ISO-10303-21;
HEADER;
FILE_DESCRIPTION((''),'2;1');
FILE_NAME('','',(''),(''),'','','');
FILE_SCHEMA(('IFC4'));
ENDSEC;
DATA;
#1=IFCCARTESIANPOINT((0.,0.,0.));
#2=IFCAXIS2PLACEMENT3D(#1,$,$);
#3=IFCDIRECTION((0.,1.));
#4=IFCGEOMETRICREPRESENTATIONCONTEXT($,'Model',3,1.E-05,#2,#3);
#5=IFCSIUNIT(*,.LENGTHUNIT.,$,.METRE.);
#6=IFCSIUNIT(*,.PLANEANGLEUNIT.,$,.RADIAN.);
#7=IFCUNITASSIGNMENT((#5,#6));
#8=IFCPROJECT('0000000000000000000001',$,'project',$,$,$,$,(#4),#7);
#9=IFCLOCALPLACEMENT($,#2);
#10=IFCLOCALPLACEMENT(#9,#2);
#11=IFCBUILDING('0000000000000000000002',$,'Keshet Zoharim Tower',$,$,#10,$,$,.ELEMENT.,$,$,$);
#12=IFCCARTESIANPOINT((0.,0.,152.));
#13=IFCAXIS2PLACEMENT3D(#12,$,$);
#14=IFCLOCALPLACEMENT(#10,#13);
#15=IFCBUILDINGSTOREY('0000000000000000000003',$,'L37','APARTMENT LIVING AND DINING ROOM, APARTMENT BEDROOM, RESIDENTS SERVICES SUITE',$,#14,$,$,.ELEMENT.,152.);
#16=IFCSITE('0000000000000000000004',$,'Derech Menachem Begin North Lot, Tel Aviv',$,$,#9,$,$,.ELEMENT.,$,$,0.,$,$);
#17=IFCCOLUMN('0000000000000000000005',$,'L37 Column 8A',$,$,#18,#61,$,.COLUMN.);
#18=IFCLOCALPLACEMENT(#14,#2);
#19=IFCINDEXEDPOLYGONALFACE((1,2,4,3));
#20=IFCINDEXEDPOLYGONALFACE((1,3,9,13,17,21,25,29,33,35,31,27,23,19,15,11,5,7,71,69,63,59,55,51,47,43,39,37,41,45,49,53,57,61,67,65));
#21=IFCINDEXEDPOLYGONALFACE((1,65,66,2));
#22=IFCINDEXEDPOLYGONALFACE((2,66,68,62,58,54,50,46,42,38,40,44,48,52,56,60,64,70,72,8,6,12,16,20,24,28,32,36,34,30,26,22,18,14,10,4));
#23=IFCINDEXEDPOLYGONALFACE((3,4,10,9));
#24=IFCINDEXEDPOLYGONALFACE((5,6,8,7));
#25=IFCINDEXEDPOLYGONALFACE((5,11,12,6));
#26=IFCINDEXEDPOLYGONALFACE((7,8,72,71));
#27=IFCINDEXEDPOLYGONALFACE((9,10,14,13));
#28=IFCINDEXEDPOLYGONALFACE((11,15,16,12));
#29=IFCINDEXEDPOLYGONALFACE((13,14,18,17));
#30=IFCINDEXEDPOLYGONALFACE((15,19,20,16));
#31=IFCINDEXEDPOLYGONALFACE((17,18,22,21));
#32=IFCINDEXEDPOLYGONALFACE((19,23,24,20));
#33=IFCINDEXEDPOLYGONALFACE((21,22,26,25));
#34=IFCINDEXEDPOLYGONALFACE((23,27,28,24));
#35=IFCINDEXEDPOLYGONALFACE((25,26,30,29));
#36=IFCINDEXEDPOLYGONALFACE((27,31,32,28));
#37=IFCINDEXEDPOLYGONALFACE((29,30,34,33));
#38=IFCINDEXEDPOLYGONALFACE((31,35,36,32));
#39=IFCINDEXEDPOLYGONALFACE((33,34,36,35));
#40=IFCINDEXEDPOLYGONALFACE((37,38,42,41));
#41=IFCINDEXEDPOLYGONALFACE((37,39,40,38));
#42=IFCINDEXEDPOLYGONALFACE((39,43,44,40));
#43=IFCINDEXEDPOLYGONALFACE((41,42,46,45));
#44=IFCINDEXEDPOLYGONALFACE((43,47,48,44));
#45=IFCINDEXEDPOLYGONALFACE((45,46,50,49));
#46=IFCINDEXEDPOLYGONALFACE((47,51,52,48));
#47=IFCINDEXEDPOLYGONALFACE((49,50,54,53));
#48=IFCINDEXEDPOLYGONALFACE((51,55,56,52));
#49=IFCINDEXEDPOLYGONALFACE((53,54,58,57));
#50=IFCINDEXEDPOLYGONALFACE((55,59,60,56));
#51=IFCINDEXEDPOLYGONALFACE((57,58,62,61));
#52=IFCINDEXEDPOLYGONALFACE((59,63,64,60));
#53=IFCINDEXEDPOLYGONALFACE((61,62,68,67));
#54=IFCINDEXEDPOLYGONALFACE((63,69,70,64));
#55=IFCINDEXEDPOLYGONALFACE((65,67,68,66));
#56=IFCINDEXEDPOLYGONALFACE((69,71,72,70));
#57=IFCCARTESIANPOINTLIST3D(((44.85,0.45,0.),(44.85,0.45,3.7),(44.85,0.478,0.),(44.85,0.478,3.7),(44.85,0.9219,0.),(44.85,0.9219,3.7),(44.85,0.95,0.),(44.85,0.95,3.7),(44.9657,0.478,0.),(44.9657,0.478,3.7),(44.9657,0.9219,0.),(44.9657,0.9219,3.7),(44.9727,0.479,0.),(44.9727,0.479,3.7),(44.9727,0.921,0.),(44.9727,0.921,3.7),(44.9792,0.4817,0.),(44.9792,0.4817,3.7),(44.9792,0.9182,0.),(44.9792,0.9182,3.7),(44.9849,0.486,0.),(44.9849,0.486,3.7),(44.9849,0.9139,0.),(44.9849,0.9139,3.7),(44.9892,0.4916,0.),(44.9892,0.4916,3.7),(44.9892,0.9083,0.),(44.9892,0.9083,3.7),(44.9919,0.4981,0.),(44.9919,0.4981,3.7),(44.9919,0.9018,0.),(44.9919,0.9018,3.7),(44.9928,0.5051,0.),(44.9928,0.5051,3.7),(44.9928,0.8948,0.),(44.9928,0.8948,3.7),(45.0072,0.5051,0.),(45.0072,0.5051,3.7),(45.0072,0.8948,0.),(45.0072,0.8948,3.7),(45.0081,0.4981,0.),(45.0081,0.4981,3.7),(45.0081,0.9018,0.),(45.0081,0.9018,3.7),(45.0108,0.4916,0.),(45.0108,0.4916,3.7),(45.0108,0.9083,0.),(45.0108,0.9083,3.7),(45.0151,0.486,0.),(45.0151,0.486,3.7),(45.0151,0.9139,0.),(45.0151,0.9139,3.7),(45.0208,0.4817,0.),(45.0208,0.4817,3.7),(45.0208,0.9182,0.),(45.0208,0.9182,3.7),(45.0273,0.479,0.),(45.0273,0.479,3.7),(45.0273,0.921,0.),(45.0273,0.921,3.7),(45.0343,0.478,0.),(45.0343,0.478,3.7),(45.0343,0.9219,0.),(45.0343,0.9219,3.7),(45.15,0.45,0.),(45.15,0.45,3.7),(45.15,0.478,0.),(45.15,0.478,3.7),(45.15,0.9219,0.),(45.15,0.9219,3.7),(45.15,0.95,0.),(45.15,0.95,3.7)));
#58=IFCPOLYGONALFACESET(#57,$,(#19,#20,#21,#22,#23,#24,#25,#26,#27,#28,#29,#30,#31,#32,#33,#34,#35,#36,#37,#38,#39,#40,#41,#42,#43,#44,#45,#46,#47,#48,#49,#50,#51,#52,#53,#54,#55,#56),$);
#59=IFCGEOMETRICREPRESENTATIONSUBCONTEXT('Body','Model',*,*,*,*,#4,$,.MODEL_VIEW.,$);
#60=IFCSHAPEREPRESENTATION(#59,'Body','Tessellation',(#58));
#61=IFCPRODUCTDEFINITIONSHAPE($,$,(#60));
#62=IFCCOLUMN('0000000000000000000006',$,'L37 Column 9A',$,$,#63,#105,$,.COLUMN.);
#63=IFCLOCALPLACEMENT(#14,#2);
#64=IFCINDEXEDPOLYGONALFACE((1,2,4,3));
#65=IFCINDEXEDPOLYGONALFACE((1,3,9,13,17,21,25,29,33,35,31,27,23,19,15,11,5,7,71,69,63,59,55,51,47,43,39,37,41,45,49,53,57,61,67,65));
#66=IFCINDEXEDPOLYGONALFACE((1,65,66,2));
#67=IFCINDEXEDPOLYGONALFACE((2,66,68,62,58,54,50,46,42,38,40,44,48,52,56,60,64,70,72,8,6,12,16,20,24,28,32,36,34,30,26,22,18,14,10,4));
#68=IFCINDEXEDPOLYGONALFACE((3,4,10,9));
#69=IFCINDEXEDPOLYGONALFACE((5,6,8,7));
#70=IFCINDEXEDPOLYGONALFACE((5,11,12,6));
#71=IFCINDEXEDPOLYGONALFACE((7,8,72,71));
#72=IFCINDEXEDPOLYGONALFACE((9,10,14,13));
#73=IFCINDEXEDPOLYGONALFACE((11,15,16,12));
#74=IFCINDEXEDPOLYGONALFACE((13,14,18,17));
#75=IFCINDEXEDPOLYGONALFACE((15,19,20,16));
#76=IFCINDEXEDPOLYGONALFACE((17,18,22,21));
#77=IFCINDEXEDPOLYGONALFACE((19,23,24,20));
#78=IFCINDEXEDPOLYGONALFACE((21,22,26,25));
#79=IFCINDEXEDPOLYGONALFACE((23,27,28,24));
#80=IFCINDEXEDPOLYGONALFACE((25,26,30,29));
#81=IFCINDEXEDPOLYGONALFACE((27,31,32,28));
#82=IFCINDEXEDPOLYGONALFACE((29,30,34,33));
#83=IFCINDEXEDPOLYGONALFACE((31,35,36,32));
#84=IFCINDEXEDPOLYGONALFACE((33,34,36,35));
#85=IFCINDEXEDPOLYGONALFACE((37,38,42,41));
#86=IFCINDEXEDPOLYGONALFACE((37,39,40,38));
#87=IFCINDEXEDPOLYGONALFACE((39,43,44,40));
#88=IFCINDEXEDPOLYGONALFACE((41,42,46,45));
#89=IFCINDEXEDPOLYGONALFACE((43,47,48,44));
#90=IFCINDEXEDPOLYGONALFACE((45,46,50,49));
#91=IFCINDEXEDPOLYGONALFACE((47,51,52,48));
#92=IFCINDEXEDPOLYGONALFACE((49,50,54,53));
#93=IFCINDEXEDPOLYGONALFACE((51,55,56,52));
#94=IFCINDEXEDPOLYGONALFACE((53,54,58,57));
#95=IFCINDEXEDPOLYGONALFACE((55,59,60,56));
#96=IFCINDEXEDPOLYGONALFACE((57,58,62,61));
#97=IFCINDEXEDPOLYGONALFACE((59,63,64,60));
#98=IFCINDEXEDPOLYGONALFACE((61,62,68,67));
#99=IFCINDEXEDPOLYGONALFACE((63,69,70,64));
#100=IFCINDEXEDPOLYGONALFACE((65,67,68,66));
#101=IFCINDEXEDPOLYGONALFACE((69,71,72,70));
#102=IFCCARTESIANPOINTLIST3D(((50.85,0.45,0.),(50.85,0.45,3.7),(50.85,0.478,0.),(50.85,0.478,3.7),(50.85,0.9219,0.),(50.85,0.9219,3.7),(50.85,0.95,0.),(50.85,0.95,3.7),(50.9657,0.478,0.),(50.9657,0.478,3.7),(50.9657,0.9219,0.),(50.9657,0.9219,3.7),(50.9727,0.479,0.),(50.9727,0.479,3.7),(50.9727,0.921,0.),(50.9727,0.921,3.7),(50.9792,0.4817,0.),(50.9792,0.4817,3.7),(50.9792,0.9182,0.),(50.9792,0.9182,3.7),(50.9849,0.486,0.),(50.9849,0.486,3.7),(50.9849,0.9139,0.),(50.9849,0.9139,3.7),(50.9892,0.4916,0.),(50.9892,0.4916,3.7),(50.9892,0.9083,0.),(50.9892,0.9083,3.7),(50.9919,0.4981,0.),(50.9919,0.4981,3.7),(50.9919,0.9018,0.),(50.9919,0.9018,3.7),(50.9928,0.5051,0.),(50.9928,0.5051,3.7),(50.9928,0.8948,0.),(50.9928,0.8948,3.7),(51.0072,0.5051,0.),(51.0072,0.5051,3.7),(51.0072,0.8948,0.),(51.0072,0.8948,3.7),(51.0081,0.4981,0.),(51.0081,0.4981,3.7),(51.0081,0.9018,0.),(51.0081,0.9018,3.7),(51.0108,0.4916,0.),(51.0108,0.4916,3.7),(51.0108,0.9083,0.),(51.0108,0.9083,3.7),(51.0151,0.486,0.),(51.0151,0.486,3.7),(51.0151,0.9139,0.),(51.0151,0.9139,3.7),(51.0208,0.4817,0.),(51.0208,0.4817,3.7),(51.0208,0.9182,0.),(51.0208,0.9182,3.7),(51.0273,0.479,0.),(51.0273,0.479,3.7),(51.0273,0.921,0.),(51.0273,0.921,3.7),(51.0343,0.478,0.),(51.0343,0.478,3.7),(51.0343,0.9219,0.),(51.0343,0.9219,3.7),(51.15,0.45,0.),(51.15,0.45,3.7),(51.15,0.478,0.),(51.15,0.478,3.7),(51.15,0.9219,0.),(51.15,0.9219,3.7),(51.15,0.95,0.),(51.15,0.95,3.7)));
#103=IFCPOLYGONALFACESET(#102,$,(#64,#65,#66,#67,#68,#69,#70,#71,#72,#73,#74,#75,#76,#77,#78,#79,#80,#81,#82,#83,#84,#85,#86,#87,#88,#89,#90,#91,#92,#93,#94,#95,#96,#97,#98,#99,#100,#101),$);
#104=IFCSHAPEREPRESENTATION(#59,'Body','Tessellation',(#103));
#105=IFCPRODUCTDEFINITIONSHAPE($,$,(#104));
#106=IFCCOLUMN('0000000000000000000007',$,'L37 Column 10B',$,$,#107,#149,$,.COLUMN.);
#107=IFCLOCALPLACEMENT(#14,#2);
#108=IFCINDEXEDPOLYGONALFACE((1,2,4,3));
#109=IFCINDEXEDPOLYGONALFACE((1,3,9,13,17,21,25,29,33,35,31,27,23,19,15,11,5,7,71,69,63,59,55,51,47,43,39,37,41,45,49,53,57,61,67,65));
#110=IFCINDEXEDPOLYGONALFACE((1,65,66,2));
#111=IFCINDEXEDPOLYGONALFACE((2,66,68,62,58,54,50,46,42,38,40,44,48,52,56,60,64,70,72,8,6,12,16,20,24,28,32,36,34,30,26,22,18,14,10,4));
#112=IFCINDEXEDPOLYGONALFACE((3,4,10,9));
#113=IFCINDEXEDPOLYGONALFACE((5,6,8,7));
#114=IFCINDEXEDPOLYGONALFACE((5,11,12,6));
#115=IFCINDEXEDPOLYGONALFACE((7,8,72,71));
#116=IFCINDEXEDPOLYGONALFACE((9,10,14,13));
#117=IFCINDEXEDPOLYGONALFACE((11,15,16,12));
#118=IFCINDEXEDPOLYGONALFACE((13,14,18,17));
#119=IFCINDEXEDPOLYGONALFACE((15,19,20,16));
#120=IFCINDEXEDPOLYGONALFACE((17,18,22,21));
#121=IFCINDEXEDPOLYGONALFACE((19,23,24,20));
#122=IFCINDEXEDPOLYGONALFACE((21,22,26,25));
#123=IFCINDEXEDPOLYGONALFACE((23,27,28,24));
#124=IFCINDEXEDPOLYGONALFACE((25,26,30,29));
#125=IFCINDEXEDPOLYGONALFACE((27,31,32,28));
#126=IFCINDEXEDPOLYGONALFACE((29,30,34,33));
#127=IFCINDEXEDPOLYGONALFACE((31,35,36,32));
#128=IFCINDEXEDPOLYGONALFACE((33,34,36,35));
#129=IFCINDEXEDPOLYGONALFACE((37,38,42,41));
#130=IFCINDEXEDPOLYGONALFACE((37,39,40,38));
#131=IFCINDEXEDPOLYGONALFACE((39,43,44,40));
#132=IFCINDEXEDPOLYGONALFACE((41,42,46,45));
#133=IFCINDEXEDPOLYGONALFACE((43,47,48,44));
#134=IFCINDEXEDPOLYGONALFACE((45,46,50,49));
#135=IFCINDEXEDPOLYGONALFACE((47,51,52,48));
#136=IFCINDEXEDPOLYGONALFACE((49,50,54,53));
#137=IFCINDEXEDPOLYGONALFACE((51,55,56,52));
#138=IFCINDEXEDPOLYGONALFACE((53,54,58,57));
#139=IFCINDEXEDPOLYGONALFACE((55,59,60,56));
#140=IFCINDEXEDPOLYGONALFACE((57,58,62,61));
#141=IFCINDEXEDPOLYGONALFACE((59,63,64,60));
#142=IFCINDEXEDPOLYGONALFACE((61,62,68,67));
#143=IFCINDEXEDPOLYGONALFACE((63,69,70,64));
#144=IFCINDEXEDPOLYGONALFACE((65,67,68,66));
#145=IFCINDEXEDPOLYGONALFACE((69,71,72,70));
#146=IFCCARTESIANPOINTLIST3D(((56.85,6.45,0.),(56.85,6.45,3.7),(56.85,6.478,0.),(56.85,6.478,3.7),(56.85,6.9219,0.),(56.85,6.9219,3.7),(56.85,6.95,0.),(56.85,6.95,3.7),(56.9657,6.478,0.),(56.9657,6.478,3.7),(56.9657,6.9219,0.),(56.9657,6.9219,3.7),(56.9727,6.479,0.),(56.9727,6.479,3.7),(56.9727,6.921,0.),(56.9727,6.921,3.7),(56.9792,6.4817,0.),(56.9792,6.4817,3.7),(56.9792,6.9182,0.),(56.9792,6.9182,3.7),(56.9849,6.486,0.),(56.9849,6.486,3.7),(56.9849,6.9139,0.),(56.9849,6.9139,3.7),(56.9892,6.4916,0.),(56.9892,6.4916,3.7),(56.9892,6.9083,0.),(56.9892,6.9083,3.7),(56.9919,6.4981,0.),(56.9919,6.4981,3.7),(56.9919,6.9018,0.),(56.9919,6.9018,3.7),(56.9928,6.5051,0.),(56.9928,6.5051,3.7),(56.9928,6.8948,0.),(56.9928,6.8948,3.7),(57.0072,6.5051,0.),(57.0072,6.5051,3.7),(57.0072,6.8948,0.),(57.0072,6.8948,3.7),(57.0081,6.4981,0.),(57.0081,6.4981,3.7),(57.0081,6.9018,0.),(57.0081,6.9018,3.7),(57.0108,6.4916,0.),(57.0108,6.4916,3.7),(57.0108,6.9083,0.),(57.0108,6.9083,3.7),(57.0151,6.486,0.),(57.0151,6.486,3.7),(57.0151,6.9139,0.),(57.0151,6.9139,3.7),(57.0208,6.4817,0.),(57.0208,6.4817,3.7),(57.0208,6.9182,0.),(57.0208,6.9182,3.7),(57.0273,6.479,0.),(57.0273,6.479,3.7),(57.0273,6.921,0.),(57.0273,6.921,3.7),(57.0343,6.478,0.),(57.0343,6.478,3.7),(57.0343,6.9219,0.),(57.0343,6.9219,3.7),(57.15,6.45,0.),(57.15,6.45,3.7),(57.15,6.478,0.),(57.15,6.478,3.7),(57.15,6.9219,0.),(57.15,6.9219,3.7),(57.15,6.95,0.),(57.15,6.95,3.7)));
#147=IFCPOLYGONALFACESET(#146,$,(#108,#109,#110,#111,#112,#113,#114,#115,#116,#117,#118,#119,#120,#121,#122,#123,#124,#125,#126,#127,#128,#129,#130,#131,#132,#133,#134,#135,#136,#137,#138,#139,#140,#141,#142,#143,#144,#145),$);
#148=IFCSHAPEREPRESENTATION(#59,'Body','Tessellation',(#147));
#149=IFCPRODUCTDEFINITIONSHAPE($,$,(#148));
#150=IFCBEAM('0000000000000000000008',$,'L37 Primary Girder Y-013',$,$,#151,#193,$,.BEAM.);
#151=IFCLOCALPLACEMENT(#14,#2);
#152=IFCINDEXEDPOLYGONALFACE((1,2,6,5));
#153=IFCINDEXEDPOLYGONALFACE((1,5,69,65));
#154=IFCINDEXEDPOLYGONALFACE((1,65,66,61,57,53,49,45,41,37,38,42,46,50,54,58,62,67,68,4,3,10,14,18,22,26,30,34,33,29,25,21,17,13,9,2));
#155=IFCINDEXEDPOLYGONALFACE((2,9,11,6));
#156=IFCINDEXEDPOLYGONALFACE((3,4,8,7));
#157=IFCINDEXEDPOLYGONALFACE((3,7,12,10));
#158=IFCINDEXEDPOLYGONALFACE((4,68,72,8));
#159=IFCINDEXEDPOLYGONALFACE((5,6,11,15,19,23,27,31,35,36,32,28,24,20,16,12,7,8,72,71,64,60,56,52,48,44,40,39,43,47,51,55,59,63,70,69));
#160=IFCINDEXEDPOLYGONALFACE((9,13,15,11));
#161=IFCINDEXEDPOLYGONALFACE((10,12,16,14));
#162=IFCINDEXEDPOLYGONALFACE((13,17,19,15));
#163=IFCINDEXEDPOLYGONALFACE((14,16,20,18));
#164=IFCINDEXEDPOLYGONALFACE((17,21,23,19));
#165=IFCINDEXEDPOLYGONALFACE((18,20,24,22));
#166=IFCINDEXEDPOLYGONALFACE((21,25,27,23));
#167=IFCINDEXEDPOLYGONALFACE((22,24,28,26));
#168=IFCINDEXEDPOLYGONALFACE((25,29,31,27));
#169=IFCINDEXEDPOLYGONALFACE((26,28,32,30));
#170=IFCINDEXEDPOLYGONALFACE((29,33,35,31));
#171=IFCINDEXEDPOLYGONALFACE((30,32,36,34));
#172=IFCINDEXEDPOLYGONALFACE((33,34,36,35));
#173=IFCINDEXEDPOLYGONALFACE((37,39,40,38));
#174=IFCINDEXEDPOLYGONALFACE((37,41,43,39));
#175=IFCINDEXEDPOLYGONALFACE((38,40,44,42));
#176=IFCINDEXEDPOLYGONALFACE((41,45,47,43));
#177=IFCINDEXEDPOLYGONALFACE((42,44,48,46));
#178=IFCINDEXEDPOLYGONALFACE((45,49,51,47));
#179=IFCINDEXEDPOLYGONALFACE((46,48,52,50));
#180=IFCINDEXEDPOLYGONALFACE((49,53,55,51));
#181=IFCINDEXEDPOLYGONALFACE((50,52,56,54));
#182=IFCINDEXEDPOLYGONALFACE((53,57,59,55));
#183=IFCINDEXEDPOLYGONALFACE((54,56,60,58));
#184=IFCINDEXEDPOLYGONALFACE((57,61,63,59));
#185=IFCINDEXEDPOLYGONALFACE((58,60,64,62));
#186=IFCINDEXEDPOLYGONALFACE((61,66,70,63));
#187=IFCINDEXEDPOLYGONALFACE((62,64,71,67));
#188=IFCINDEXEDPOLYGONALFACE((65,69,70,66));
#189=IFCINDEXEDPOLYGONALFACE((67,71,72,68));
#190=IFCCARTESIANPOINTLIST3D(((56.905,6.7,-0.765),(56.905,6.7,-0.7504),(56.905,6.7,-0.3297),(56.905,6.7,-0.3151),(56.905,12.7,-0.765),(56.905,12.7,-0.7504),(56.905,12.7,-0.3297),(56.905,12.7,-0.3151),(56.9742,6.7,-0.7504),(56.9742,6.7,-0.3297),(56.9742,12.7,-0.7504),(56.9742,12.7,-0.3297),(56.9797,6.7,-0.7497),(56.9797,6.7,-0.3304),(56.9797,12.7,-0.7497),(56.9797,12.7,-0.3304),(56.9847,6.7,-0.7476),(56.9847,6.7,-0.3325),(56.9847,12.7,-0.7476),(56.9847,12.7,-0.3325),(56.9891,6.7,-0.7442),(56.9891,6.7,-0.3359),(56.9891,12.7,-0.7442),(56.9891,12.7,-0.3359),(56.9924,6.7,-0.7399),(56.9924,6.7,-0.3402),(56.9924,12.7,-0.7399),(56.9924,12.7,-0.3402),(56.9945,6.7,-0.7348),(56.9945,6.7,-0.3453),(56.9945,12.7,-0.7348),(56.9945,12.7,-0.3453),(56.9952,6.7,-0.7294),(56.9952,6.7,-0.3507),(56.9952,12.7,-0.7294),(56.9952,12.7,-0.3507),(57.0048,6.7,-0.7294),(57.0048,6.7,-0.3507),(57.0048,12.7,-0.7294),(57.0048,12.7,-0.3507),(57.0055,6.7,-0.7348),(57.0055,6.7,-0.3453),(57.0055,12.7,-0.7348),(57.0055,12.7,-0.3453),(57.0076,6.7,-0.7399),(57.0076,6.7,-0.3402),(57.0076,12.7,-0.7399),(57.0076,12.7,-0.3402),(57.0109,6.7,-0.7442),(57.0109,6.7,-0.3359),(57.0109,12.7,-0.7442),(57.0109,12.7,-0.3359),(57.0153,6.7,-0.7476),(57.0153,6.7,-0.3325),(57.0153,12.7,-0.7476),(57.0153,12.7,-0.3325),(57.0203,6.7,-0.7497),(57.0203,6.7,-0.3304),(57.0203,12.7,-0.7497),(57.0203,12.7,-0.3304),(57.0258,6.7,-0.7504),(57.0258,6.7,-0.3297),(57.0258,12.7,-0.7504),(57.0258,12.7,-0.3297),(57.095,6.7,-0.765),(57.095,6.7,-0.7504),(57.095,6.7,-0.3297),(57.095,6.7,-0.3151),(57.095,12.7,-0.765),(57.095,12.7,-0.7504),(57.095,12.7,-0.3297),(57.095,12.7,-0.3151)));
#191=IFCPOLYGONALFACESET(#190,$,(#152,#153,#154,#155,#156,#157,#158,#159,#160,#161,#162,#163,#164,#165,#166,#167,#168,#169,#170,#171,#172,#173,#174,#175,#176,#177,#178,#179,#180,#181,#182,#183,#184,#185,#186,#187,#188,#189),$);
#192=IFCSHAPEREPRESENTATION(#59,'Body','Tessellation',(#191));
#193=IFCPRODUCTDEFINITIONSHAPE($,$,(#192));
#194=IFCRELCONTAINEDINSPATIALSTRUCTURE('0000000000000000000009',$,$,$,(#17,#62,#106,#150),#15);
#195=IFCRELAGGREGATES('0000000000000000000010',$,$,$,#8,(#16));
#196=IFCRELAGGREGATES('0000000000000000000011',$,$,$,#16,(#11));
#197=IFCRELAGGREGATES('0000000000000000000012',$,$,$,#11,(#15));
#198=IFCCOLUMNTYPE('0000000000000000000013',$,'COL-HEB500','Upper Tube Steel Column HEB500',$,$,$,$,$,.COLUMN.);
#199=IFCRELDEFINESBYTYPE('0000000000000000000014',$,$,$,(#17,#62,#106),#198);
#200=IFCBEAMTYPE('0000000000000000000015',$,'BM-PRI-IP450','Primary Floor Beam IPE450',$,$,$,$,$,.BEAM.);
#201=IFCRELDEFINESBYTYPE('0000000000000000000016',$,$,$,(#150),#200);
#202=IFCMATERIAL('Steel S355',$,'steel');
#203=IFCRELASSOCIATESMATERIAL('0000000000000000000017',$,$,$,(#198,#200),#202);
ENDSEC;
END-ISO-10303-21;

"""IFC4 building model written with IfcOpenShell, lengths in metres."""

from ifc_helpers import new_model, si_unit, direction, frame, origin, origin_2d, place, context, subcontext, project, spatial, i_section, extrude, material, material_profile, profile_set, type_object, element, save


model = new_model("IFC4")

# Units and contexts
model_context = context("Model", 3, precision=1e-05, world=origin(), true_north=direction((0.0, 1.0)))
body_context = subcontext(model_context, "Body", "Model", "MODEL_VIEW")
ifc_project = project(units=[si_unit("LENGTHUNIT", "METRE"), si_unit("PLANEANGLEUNIT", "RADIAN")], contexts=[model_context])

# Site, building, storey
site_placement = place(None, origin())
site = spatial("IfcSite", under=ifc_project, at=site_placement, Name="Derech Menachem Begin North Lot, Tel Aviv", CompositionType="ELEMENT", RefElevation=0.0)
building_placement = place(site_placement, origin())
building = spatial("IfcBuilding", under=site, at=building_placement, Name="Keshet Zoharim Tower", CompositionType="ELEMENT")
storey_placement = place(building_placement, frame((0.0, 0.0, 152.0)))
storey = spatial("IfcBuildingStorey", under=building, at=storey_placement, Name="L37", Description="APARTMENT LIVING AND DINING ROOM, APARTMENT BEDROOM, RESIDENTS SERVICES SUITE", CompositionType="ELEMENT", Elevation=152.0)

# Columns
ifc_material_1 = material(Name="Steel S355", Category="steel")
ifc_material_profile_1 = material_profile(ifc_material_1, i_section(OverallWidth=0.3, OverallDepth=0.5, WebThickness=0.0144, FlangeThickness=0.0281, FilletRadius=0.0271, at=origin_2d()), Name="HEB500")
ifc_profile_set_1 = profile_set([ifc_material_profile_1], Name="Steel S355")
column_type = type_object("IfcColumnType", Name="COL-HEB500", Description="Upper Tube Steel Column HEB500", PredefinedType="COLUMN", material=ifc_profile_set_1)
for number, where, z_axis, x_axis, name in (
    (1, (45.0, 0.7, 0.0), (0.0, 0.0, 1.0), (1.0, 0.0, 0.0), "L37 Column 8A"),
    (2, (51.0, 0.7, 0.0), (0.0, 0.0, 1.0), (1.0, 0.0, 0.0), "L37 Column 9A"),
    (3, (57.0, 6.7, 0.0), (0.0, 0.0, 1.0), (1.0, 0.0, 0.0), "L37 Column 10B"),
):
    element("IfcColumn", number, at=place(storey_placement, frame(where, z_axis=z_axis, x_axis=x_axis)), inside=storey, type_object=column_type, Name=name, PredefinedType="COLUMN", context=body_context, shape_type="SweptSolid", body=[
        extrude(i_section(OverallWidth=0.3, OverallDepth=0.5, WebThickness=0.0144, FlangeThickness=0.0281, FilletRadius=0.0271, at=origin_2d()), origin(), (0.0, 0.0, 1.0), 3.7),
    ])

# Beam
ifc_material_profile_2 = material_profile(ifc_material_1, i_section(OverallWidth=0.1899, OverallDepth=0.45, WebThickness=0.0095, FlangeThickness=0.0146, FilletRadius=0.021, at=origin_2d()), Name="IPE450")
ifc_profile_set_2 = profile_set([ifc_material_profile_2], Name="Steel S355")
beam_type_1 = type_object("IfcBeamType", Name="BM-PRI-IP450", Description="Primary Floor Beam IPE450", PredefinedType="BEAM", material=ifc_profile_set_2)
beam_1_placement = place(storey_placement, frame((57.0, 6.7, -0.54), z_axis=(0.0, 1.0, 0.0), x_axis=(-1.0, 0.0, 0.0)))
element("IfcBeam", 4, at=beam_1_placement, inside=storey, type_object=beam_type_1, Name="L37 Primary Girder Y-013", PredefinedType="BEAM", context=body_context, shape_type="SweptSolid", body=[
    extrude(i_section(OverallWidth=0.1899, OverallDepth=0.45, WebThickness=0.0095, FlangeThickness=0.0146, FilletRadius=0.021, at=origin_2d()), origin(), (0.0, 0.0, 1.0), 6.0),
])

save(model, "model.ifc")
